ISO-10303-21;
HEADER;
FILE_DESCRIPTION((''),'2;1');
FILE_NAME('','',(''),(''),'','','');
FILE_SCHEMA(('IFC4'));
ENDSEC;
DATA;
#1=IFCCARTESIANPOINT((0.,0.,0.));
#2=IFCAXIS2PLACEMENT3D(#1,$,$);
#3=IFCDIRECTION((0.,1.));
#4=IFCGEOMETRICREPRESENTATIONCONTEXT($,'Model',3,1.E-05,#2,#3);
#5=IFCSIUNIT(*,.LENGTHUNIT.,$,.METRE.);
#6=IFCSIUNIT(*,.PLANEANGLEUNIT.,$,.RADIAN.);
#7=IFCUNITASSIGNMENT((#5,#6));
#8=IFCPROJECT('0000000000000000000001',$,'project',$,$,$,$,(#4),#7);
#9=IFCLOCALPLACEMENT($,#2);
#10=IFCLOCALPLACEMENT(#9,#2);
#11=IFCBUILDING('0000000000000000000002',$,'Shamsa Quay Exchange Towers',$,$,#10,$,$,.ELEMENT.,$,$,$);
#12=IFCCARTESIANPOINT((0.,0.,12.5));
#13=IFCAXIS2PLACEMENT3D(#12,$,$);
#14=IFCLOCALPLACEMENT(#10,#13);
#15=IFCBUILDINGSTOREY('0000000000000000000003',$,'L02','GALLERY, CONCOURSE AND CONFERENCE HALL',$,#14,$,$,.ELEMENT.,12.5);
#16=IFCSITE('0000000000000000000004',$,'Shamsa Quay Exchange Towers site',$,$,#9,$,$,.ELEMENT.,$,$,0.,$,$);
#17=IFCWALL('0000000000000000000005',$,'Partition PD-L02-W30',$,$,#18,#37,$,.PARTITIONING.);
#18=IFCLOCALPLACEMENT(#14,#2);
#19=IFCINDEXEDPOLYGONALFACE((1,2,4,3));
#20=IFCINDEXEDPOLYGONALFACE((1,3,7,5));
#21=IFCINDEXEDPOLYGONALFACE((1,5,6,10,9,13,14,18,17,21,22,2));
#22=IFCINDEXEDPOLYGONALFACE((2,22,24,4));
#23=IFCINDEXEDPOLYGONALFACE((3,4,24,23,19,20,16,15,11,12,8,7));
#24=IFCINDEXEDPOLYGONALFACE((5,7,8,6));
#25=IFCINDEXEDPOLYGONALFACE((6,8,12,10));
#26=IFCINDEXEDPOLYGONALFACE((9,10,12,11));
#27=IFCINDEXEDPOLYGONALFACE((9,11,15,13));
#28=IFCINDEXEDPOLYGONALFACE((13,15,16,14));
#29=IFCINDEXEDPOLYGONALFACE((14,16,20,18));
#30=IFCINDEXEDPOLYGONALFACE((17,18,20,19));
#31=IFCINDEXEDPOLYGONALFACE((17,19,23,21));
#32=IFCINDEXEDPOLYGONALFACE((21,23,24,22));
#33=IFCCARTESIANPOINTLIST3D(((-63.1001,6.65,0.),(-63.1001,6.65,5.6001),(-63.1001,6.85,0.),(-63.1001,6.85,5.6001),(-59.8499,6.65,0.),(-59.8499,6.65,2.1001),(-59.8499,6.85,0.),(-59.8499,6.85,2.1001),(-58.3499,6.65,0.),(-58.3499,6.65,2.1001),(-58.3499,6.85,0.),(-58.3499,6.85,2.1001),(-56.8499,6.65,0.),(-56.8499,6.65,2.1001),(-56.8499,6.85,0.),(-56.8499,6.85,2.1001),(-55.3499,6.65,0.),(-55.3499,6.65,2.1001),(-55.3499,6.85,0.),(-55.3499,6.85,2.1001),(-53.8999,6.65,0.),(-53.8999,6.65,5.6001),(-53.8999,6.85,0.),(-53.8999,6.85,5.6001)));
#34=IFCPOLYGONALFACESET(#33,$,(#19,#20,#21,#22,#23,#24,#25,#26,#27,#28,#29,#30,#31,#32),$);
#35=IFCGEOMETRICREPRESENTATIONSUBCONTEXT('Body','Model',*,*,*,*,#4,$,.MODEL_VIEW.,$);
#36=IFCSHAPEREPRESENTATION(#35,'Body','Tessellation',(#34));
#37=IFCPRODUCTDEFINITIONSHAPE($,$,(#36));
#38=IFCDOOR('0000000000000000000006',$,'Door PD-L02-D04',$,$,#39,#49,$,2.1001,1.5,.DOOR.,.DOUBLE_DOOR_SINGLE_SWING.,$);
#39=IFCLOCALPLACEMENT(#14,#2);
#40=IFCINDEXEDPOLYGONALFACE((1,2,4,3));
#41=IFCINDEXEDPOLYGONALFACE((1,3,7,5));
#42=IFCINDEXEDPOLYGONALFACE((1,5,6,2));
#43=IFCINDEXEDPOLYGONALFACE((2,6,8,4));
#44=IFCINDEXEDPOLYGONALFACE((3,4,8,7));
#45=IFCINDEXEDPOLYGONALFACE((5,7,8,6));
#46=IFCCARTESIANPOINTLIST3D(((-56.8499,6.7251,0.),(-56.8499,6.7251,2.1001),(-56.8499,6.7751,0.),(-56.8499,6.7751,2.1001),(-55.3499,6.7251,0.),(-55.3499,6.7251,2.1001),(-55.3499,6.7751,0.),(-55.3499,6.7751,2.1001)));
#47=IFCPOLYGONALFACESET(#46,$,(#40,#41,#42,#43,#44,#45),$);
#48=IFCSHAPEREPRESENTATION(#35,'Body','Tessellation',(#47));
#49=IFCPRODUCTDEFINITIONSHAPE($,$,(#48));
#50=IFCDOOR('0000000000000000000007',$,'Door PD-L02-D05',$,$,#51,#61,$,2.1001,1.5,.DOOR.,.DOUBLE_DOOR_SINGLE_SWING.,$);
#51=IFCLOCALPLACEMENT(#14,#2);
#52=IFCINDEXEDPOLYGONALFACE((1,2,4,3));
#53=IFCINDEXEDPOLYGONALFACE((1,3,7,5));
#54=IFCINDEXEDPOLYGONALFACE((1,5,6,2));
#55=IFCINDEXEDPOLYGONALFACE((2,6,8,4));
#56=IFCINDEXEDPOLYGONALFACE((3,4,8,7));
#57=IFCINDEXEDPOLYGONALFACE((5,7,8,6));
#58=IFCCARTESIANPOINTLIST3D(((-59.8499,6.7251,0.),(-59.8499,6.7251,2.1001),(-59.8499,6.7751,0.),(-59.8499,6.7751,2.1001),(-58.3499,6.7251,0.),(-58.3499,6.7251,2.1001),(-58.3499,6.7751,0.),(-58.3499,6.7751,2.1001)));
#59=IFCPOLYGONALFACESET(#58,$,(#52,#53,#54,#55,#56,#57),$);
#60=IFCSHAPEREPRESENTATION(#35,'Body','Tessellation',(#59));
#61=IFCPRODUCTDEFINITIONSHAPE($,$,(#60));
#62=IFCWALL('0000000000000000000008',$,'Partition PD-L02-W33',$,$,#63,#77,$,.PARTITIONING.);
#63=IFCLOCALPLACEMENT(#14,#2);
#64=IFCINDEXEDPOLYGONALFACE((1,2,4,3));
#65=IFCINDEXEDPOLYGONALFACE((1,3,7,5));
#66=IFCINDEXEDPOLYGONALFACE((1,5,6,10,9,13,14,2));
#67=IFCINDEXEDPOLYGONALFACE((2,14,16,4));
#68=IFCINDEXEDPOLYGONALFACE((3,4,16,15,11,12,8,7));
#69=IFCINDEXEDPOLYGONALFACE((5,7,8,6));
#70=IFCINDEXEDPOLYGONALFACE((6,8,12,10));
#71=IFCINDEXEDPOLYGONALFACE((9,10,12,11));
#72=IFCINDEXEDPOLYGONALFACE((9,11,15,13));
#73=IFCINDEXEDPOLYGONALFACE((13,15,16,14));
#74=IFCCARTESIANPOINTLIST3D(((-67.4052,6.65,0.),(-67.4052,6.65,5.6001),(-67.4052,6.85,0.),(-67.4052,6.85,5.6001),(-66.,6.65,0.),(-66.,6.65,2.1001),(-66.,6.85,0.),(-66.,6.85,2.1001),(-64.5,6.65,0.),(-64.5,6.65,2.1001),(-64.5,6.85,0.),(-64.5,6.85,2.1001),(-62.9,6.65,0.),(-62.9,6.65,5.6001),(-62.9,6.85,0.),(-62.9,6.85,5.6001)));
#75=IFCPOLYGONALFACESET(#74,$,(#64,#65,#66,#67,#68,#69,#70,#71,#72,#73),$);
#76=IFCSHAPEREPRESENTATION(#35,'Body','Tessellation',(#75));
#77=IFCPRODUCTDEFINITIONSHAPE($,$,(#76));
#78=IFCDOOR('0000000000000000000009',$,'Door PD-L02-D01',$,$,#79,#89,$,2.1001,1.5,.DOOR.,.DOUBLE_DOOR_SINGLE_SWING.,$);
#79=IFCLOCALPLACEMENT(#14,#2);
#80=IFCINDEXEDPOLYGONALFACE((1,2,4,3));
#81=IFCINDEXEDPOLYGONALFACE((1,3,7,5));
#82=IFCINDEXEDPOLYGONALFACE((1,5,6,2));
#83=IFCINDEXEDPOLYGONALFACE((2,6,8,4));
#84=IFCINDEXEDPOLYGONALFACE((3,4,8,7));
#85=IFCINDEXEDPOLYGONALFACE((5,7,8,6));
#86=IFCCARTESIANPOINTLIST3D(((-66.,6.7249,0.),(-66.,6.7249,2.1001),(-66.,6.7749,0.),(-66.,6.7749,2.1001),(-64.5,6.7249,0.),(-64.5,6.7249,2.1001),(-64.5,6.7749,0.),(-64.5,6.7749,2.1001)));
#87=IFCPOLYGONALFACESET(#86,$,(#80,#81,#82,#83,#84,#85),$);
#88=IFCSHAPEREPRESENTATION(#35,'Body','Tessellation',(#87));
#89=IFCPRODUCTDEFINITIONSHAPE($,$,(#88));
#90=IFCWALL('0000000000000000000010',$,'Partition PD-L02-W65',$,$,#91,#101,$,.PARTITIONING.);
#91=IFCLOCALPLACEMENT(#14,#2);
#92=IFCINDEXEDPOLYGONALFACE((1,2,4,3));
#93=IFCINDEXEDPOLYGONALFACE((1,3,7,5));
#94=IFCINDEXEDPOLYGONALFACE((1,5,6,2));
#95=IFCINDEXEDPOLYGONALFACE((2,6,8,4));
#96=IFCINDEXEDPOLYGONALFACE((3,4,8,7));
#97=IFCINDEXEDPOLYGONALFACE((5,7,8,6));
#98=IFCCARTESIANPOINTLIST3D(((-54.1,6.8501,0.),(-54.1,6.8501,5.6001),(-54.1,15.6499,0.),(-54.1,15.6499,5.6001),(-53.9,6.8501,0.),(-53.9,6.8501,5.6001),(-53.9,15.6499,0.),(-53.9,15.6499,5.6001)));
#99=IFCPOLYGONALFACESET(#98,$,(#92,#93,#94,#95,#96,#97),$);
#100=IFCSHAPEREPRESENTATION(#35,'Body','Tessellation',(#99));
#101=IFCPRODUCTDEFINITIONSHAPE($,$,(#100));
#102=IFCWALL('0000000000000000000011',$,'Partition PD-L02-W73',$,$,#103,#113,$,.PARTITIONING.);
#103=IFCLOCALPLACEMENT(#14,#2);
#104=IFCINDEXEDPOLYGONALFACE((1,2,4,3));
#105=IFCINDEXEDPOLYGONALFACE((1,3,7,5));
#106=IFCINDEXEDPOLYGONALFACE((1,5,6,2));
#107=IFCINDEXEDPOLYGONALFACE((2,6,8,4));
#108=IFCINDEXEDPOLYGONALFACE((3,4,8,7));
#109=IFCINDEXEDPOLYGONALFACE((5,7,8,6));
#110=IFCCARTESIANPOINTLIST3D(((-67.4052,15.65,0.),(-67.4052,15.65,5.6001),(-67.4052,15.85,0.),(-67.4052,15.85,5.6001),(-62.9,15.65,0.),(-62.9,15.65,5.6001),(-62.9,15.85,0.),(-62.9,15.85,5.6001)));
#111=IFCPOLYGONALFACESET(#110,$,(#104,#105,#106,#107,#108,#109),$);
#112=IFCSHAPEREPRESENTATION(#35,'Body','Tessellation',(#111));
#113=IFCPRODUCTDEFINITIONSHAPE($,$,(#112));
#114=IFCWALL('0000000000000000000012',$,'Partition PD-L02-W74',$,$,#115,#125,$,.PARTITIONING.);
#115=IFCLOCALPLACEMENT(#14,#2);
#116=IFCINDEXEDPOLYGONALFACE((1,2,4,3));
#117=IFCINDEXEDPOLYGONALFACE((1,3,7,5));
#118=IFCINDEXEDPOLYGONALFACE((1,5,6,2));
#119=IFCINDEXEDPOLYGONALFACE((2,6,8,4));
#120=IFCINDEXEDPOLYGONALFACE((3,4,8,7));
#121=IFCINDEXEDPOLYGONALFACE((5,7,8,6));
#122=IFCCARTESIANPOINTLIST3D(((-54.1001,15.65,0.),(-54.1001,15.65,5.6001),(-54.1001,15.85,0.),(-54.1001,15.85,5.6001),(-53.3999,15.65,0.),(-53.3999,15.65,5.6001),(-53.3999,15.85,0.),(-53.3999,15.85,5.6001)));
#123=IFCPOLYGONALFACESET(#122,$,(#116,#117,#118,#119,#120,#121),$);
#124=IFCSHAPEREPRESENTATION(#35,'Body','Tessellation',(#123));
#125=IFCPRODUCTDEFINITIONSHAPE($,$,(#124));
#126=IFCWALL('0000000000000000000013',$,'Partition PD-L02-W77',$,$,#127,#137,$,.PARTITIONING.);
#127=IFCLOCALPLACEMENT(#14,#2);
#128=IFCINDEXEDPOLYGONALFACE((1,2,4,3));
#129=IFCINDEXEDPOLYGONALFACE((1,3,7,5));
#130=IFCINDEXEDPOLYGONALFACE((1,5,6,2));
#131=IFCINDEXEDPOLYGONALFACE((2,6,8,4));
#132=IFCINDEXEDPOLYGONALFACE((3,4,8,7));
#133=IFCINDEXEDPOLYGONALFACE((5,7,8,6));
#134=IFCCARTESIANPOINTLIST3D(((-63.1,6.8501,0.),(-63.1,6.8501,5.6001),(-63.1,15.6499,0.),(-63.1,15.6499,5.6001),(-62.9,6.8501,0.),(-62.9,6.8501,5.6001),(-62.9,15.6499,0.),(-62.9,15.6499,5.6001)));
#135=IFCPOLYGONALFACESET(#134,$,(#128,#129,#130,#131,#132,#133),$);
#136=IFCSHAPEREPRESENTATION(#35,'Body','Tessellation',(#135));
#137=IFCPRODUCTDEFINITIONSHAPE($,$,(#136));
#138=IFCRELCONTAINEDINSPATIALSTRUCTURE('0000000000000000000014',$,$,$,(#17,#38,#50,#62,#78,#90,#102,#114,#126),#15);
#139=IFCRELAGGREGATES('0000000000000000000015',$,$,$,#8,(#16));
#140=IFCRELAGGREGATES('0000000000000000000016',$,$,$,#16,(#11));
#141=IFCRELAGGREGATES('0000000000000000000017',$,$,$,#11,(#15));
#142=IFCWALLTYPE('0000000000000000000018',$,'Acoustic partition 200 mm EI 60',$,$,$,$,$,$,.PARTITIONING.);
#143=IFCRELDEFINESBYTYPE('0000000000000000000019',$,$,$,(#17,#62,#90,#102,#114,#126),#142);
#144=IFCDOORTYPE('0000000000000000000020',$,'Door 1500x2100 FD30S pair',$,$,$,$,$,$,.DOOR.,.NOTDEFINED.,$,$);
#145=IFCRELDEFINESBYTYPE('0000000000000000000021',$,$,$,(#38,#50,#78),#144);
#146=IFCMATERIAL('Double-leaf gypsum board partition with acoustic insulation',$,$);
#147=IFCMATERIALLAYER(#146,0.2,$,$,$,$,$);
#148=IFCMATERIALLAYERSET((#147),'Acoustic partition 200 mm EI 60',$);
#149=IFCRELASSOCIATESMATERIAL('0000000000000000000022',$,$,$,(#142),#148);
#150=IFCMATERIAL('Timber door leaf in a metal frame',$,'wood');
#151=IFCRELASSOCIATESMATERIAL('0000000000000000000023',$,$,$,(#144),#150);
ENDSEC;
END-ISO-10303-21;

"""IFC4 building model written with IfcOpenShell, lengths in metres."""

from ifc_helpers import new_model, si_unit, direction, frame, frame_2d, origin, place, context, subcontext, project, spatial, rectangle, extrude, material, layer, layer_set, type_object, element, fill, save


model = new_model("IFC4")

# Units and contexts
model_context = context("Model", 3, precision=1e-05, world=origin(), true_north=direction((0.0, 1.0)))
body_context = subcontext(model_context, "Body", "Model", "MODEL_VIEW")
ifc_project = project(units=[si_unit("LENGTHUNIT", "METRE"), si_unit("PLANEANGLEUNIT", "RADIAN")], contexts=[model_context])

# Site, building, storey
site_placement = place(None, origin())
site = spatial("IfcSite", under=ifc_project, at=site_placement, Name="Shamsa Quay Exchange Towers site", CompositionType="ELEMENT", RefElevation=0.0)
building_placement = place(site_placement, origin())
building = spatial("IfcBuilding", under=site, at=building_placement, Name="Shamsa Quay Exchange Towers", CompositionType="ELEMENT")
storey_placement = place(building_placement, frame((0.0, 0.0, 12.5)))
storey = spatial("IfcBuildingStorey", under=building, at=storey_placement, Name="L02", Description="GALLERY, CONCOURSE AND CONFERENCE HALL", CompositionType="ELEMENT", Elevation=12.5)

# Wall, openings, doors
ifc_material_1 = material(Name="Double-leaf gypsum board partition with acoustic insulation")
ifc_layer_1 = layer(ifc_material_1, 0.2)
ifc_layer_set_1 = layer_set([ifc_layer_1], Name="Acoustic partition 200 mm EI 60")
wall_type = type_object("IfcWallType", Name="Acoustic partition 200 mm EI 60", PredefinedType="PARTITIONING", material=ifc_layer_set_1)
wall_1_placement = place(storey_placement, frame((-53.8999, 6.75, 0.0), z_axis=(0.0, 0.0, 1.0), x_axis=(-1.0, 0.0, 0.0)))
wall_1 = element("IfcWall", 1, at=wall_1_placement, inside=storey, type_object=wall_type, Name="Partition PD-L02-W30", PredefinedType="PARTITIONING", context=body_context, shape_type="SweptSolid", body=[
    extrude(rectangle(XDim=9.2002, YDim=0.2, at=frame_2d((4.6001, 0.0))), origin(), (0.0, 0.0, 1.0), 5.6001),
])
opening_1_placement = place(wall_1_placement, frame((1.45, 0.0, 0.0)))
opening_1 = element("IfcOpeningElement", 2, at=opening_1_placement, cuts=wall_1, PredefinedType="OPENING", context=body_context, shape_type="SweptSolid", body=[
    extrude(rectangle(XDim=1.5, YDim=2.1001, at=frame_2d((0.75, 1.05))), frame((0.0, 0.1099, 0.0), z_axis=(0.0, -1.0, 0.0), x_axis=(1.0, 0.0, 0.0)), (0.0, 0.0, 1.0), 0.22),
])
opening_2_placement = place(wall_1_placement, frame((4.45, 0.0, 0.0)))
opening_2 = element("IfcOpeningElement", 3, at=opening_2_placement, cuts=wall_1, PredefinedType="OPENING", context=body_context, shape_type="SweptSolid", body=[
    extrude(rectangle(XDim=1.5, YDim=2.1001, at=frame_2d((0.75, 1.05))), frame((0.0, 0.1099, 0.0), z_axis=(0.0, -1.0, 0.0), x_axis=(1.0, 0.0, 0.0)), (0.0, 0.0, 1.0), 0.22),
])
ifc_material_2 = material(Name="Timber door leaf in a metal frame", Category="wood")
door_type = type_object("IfcDoorType", Name="Door 1500x2100 FD30S pair", OperationType="NOTDEFINED", PredefinedType="DOOR", material=ifc_material_2)
door_1_placement = place(opening_1_placement, origin())
door_1 = element("IfcDoor", 4, at=door_1_placement, inside=storey, type_object=door_type, Name="Door PD-L02-D04", OperationType="DOUBLE_DOOR_SINGLE_SWING", OverallHeight=2.1001, OverallWidth=1.5, PredefinedType="DOOR", context=body_context, shape_type="SweptSolid", body=[
    extrude(rectangle(XDim=1.5, YDim=2.1001, at=frame_2d((0.75, 1.05))), frame((0.0, 0.0249, 0.0), z_axis=(0.0, -1.0, 0.0), x_axis=(1.0, 0.0, 0.0)), (0.0, 0.0, 1.0), 0.05),
])
fill(opening_1, door_1)
door_2_placement = place(opening_2_placement, origin())
door_2 = element("IfcDoor", 5, at=door_2_placement, inside=storey, type_object=door_type, Name="Door PD-L02-D05", OperationType="DOUBLE_DOOR_SINGLE_SWING", OverallHeight=2.1001, OverallWidth=1.5, PredefinedType="DOOR", context=body_context, shape_type="SweptSolid", body=[
    extrude(rectangle(XDim=1.5, YDim=2.1001, at=frame_2d((0.75, 1.05))), frame((0.0, 0.0249, 0.0), z_axis=(0.0, -1.0, 0.0), x_axis=(1.0, 0.0, 0.0)), (0.0, 0.0, 1.0), 0.05),
])
fill(opening_2, door_2)

# Wall, opening, door
wall_2_placement = place(storey_placement, frame((-67.405, 6.75, 0.0)))
wall_2 = element("IfcWall", 6, at=wall_2_placement, inside=storey, type_object=wall_type, Name="Partition PD-L02-W33", PredefinedType="PARTITIONING", context=body_context, shape_type="SweptSolid", body=[
    extrude(rectangle(XDim=4.5051, YDim=0.2, at=frame_2d((2.2524, 0.0))), origin(), (0.0, 0.0, 1.0), 5.6001),
])
opening_3_placement = place(wall_2_placement, frame((1.405, 0.0, 0.0)))
opening_3 = element("IfcOpeningElement", 7, at=opening_3_placement, cuts=wall_2, PredefinedType="OPENING", context=body_context, shape_type="SweptSolid", body=[
    extrude(rectangle(XDim=1.5, YDim=2.1001, at=frame_2d((0.75, 1.05))), frame((0.0, 0.1099, 0.0), z_axis=(0.0, -1.0, 0.0), x_axis=(1.0, 0.0, 0.0)), (0.0, 0.0, 1.0), 0.22),
])
door_3_placement = place(opening_3_placement, origin())
door_3 = element("IfcDoor", 8, at=door_3_placement, inside=storey, type_object=door_type, Name="Door PD-L02-D01", OperationType="DOUBLE_DOOR_SINGLE_SWING", OverallHeight=2.1001, OverallWidth=1.5, PredefinedType="DOOR", context=body_context, shape_type="SweptSolid", body=[
    extrude(rectangle(XDim=1.5, YDim=2.1001, at=frame_2d((0.75, 1.05))), frame((0.0, 0.0249, 0.0), z_axis=(0.0, -1.0, 0.0), x_axis=(1.0, 0.0, 0.0)), (0.0, 0.0, 1.0), 0.05),
])
fill(opening_3, door_3)

# Walls
wall_3_placement = place(storey_placement, frame((-54.0, 6.8501, 0.0), z_axis=(0.0, 0.0, 1.0), x_axis=(0.0, 1.0, 0.0)))
element("IfcWall", 9, at=wall_3_placement, inside=storey, type_object=wall_type, Name="Partition PD-L02-W65", PredefinedType="PARTITIONING", context=body_context, shape_type="SweptSolid", body=[
    extrude(rectangle(XDim=8.7998, YDim=0.2, at=frame_2d((4.3999, 0.0))), origin(), (0.0, 0.0, 1.0), 5.6001),
])
wall_4_placement = place(storey_placement, frame((-67.405, 15.75, 0.0)))
element("IfcWall", 10, at=wall_4_placement, inside=storey, type_object=wall_type, Name="Partition PD-L02-W73", PredefinedType="PARTITIONING", context=body_context, shape_type="SweptSolid", body=[
    extrude(rectangle(XDim=4.5051, YDim=0.2, at=frame_2d((2.2524, 0.0))), origin(), (0.0, 0.0, 1.0), 5.6001),
])
wall_5_placement = place(storey_placement, frame((-54.1001, 15.75, 0.0)))
element("IfcWall", 11, at=wall_5_placement, inside=storey, type_object=wall_type, Name="Partition PD-L02-W74", PredefinedType="PARTITIONING", context=body_context, shape_type="SweptSolid", body=[
    extrude(rectangle(XDim=0.7002, YDim=0.2, at=frame_2d((0.3501, 0.0))), origin(), (0.0, 0.0, 1.0), 5.6001),
])
wall_6_placement = place(storey_placement, frame((-63.0, 15.6499, 0.0), z_axis=(0.0, 0.0, 1.0), x_axis=(0.0, -1.0, 0.0)))
element("IfcWall", 12, at=wall_6_placement, inside=storey, type_object=wall_type, Name="Partition PD-L02-W77", PredefinedType="PARTITIONING", context=body_context, shape_type="SweptSolid", body=[
    extrude(rectangle(XDim=8.7998, YDim=0.2, at=frame_2d((4.3999, 0.0))), origin(), (0.0, 0.0, 1.0), 5.6001),
])

save(model, "model.ifc")
